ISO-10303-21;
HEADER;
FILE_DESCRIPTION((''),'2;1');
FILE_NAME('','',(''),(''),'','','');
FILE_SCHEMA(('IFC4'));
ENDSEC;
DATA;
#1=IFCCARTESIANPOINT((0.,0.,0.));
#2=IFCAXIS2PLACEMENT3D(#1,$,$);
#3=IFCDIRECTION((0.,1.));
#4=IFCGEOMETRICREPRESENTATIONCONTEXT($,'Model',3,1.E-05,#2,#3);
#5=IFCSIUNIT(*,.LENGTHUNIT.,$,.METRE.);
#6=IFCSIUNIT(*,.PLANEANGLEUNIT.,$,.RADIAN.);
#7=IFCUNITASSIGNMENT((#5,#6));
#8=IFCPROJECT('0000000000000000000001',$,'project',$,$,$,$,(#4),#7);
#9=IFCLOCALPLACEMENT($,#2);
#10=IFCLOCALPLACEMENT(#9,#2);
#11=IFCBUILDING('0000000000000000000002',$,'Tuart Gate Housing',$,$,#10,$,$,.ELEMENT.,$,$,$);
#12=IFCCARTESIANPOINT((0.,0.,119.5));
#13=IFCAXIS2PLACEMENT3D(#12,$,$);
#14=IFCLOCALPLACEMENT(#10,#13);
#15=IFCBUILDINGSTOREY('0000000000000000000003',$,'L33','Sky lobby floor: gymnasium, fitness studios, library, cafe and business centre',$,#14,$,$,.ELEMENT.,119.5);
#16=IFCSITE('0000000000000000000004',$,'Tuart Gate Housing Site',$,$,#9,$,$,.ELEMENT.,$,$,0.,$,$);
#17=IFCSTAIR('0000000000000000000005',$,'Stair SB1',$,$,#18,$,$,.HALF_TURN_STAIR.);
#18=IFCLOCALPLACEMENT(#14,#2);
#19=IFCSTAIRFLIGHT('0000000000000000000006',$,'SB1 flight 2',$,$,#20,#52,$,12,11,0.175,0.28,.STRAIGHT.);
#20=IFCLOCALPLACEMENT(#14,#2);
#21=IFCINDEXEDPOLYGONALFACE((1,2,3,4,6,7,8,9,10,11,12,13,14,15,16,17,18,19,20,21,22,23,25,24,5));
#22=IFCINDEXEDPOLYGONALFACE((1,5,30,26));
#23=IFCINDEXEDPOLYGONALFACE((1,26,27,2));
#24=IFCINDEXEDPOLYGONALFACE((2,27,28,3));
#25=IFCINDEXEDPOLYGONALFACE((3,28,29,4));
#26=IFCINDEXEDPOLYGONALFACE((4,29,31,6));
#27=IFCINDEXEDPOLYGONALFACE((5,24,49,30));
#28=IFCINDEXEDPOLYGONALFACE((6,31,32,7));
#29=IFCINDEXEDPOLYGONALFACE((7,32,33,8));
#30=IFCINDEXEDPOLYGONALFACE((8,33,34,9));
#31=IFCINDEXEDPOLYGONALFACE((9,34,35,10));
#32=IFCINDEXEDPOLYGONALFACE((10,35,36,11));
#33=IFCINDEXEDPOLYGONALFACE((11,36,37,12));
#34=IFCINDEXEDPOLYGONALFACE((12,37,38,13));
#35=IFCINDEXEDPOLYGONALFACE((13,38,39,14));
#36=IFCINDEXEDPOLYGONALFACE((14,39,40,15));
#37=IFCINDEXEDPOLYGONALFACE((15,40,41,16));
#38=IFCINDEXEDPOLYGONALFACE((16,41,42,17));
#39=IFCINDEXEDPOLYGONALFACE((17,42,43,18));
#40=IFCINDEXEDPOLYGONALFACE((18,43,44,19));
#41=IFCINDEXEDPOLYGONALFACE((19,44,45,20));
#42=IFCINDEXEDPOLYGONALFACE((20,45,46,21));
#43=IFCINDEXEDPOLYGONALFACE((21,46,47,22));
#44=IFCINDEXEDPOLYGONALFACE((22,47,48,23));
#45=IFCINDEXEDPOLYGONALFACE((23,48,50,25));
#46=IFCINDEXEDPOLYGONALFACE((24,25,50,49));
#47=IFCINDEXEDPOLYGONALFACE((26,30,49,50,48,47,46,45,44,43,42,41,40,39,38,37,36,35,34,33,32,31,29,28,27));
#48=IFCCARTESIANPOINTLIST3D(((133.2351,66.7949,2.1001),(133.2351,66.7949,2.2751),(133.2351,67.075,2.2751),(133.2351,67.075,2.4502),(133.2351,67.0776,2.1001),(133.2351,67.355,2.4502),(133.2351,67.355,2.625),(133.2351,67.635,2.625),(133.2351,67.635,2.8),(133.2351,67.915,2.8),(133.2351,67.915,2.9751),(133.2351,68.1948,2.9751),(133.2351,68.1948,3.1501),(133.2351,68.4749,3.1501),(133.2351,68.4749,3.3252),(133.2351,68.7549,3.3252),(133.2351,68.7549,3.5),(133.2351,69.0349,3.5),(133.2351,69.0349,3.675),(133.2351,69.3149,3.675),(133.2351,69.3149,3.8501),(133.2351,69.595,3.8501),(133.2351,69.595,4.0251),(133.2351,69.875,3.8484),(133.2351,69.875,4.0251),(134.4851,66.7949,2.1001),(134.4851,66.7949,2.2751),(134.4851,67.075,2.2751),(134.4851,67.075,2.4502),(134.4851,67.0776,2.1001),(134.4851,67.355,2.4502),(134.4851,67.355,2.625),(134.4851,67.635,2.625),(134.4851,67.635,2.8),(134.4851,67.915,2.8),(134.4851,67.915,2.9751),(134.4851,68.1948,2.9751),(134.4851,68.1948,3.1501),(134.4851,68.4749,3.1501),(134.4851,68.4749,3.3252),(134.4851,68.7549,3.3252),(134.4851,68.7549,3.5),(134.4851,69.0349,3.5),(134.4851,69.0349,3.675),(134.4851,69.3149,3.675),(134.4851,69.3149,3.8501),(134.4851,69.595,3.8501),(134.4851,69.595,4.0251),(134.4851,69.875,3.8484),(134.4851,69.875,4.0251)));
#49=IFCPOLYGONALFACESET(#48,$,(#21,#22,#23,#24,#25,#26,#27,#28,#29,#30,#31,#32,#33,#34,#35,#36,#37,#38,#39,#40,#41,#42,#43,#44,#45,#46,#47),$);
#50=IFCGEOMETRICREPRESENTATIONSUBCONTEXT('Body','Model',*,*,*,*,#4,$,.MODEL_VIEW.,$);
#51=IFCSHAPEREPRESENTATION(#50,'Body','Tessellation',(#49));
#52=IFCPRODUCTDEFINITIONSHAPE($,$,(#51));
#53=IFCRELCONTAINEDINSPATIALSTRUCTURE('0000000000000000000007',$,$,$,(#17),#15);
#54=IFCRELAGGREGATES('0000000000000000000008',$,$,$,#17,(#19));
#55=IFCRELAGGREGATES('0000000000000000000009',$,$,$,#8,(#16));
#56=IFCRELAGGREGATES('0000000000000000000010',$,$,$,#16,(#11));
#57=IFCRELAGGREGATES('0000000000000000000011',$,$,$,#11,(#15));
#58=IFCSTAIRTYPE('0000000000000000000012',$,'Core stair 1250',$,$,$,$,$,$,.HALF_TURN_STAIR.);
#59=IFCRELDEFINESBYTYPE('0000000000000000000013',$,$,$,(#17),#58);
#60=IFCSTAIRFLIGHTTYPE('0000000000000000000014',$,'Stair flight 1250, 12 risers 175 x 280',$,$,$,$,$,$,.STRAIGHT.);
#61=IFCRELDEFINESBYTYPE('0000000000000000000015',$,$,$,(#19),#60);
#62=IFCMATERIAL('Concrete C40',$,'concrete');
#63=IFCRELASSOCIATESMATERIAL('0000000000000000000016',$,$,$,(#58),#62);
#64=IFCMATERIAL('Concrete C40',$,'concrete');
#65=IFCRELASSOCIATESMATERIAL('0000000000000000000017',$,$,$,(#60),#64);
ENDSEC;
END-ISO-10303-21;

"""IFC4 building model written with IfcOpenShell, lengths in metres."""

from ifc_helpers import new_model, si_unit, direction, frame, origin, place, context, subcontext, project, spatial, polyline, outline, extrude, material, type_object, element, aggregate, save


model = new_model("IFC4")

# Units and contexts
model_context = context("Model", 3, precision=1e-05, world=origin(), true_north=direction((0.0, 1.0)))
body_context = subcontext(model_context, "Body", "Model", "MODEL_VIEW")
ifc_project = project(units=[si_unit("LENGTHUNIT", "METRE"), si_unit("PLANEANGLEUNIT", "RADIAN")], contexts=[model_context])

# Site, building, storey
site_placement = place(None, origin())
site = spatial("IfcSite", under=ifc_project, at=site_placement, Name="Tuart Gate Housing Site", CompositionType="ELEMENT", RefElevation=0.0)
building_placement = place(site_placement, origin())
building = spatial("IfcBuilding", under=site, at=building_placement, Name="Tuart Gate Housing", CompositionType="ELEMENT")
storey_placement = place(building_placement, frame((0.0, 0.0, 119.5)))
storey = spatial("IfcBuildingStorey", under=building, at=storey_placement, Name="L33", Description="Sky lobby floor: gymnasium, fitness studios, library, cafe and business centre", CompositionType="ELEMENT", Elevation=119.5)

# Stair, stair flight
ifc_material_1 = material(Name="Concrete C40", Category="concrete")
stair_type = type_object("IfcStairType", Name="Core stair 1250", PredefinedType="HALF_TURN_STAIR", material=ifc_material_1)
stair_placement = place(storey_placement, origin())
stair = element("IfcStair", 1, at=stair_placement, inside=storey, type_object=stair_type, Name="Stair SB1", PredefinedType="HALF_TURN_STAIR")
ifc_material_2 = material(Name="Concrete C40", Category="concrete")
stair_flight_type = type_object("IfcStairFlightType", Name="Stair flight 1250, 12 risers 175 x 280", PredefinedType="STRAIGHT", material=ifc_material_2)
stair_flight_1_placement = place(storey_placement, frame((133.8601, 66.7949, 2.1001), z_axis=(0.0, 0.0, 1.0), x_axis=(0.0, 1.0, 0.0)))
stair_flight_1 = element("IfcStairFlight", 2, at=stair_flight_1_placement, type_object=stair_flight_type, Name="SB1 flight 2", NumberOfRisers=12, NumberOfTreads=11, PredefinedType="STRAIGHT", RiserHeight=0.175, TreadLength=0.28, context=body_context, shape_type="SweptSolid", body=[
    extrude(outline(polyline([(0.0, 0.0), (0.0, 0.175), (0.28, 0.175), (0.28, 0.3501), (0.5601, 0.3501), (0.5601, 0.5249), (0.8401, 0.5249), (0.8401, 0.7), (1.1201, 0.7), (1.1201, 0.875), (1.3999, 0.875), (1.3999, 1.05), (1.6799, 1.05), (1.6799, 1.2251), (1.96, 1.2251), (1.96, 1.3999), (2.24, 1.3999), (2.24, 1.575), (2.52, 1.575), (2.52, 1.75), (2.8, 1.75), (2.8, 1.925), (3.0801, 1.925), (3.0801, 2.1001), (3.0801, 1.7483), (0.2827, 0.0), (0.0, 0.0)])), frame((0.0, 0.625, 0.0), z_axis=(0.0, -1.0, 0.0), x_axis=(1.0, 0.0, 0.0)), (0.0, 0.0, 1.0), 1.25),
])
aggregate(stair, [stair_flight_1])

save(model, "model.ifc")
